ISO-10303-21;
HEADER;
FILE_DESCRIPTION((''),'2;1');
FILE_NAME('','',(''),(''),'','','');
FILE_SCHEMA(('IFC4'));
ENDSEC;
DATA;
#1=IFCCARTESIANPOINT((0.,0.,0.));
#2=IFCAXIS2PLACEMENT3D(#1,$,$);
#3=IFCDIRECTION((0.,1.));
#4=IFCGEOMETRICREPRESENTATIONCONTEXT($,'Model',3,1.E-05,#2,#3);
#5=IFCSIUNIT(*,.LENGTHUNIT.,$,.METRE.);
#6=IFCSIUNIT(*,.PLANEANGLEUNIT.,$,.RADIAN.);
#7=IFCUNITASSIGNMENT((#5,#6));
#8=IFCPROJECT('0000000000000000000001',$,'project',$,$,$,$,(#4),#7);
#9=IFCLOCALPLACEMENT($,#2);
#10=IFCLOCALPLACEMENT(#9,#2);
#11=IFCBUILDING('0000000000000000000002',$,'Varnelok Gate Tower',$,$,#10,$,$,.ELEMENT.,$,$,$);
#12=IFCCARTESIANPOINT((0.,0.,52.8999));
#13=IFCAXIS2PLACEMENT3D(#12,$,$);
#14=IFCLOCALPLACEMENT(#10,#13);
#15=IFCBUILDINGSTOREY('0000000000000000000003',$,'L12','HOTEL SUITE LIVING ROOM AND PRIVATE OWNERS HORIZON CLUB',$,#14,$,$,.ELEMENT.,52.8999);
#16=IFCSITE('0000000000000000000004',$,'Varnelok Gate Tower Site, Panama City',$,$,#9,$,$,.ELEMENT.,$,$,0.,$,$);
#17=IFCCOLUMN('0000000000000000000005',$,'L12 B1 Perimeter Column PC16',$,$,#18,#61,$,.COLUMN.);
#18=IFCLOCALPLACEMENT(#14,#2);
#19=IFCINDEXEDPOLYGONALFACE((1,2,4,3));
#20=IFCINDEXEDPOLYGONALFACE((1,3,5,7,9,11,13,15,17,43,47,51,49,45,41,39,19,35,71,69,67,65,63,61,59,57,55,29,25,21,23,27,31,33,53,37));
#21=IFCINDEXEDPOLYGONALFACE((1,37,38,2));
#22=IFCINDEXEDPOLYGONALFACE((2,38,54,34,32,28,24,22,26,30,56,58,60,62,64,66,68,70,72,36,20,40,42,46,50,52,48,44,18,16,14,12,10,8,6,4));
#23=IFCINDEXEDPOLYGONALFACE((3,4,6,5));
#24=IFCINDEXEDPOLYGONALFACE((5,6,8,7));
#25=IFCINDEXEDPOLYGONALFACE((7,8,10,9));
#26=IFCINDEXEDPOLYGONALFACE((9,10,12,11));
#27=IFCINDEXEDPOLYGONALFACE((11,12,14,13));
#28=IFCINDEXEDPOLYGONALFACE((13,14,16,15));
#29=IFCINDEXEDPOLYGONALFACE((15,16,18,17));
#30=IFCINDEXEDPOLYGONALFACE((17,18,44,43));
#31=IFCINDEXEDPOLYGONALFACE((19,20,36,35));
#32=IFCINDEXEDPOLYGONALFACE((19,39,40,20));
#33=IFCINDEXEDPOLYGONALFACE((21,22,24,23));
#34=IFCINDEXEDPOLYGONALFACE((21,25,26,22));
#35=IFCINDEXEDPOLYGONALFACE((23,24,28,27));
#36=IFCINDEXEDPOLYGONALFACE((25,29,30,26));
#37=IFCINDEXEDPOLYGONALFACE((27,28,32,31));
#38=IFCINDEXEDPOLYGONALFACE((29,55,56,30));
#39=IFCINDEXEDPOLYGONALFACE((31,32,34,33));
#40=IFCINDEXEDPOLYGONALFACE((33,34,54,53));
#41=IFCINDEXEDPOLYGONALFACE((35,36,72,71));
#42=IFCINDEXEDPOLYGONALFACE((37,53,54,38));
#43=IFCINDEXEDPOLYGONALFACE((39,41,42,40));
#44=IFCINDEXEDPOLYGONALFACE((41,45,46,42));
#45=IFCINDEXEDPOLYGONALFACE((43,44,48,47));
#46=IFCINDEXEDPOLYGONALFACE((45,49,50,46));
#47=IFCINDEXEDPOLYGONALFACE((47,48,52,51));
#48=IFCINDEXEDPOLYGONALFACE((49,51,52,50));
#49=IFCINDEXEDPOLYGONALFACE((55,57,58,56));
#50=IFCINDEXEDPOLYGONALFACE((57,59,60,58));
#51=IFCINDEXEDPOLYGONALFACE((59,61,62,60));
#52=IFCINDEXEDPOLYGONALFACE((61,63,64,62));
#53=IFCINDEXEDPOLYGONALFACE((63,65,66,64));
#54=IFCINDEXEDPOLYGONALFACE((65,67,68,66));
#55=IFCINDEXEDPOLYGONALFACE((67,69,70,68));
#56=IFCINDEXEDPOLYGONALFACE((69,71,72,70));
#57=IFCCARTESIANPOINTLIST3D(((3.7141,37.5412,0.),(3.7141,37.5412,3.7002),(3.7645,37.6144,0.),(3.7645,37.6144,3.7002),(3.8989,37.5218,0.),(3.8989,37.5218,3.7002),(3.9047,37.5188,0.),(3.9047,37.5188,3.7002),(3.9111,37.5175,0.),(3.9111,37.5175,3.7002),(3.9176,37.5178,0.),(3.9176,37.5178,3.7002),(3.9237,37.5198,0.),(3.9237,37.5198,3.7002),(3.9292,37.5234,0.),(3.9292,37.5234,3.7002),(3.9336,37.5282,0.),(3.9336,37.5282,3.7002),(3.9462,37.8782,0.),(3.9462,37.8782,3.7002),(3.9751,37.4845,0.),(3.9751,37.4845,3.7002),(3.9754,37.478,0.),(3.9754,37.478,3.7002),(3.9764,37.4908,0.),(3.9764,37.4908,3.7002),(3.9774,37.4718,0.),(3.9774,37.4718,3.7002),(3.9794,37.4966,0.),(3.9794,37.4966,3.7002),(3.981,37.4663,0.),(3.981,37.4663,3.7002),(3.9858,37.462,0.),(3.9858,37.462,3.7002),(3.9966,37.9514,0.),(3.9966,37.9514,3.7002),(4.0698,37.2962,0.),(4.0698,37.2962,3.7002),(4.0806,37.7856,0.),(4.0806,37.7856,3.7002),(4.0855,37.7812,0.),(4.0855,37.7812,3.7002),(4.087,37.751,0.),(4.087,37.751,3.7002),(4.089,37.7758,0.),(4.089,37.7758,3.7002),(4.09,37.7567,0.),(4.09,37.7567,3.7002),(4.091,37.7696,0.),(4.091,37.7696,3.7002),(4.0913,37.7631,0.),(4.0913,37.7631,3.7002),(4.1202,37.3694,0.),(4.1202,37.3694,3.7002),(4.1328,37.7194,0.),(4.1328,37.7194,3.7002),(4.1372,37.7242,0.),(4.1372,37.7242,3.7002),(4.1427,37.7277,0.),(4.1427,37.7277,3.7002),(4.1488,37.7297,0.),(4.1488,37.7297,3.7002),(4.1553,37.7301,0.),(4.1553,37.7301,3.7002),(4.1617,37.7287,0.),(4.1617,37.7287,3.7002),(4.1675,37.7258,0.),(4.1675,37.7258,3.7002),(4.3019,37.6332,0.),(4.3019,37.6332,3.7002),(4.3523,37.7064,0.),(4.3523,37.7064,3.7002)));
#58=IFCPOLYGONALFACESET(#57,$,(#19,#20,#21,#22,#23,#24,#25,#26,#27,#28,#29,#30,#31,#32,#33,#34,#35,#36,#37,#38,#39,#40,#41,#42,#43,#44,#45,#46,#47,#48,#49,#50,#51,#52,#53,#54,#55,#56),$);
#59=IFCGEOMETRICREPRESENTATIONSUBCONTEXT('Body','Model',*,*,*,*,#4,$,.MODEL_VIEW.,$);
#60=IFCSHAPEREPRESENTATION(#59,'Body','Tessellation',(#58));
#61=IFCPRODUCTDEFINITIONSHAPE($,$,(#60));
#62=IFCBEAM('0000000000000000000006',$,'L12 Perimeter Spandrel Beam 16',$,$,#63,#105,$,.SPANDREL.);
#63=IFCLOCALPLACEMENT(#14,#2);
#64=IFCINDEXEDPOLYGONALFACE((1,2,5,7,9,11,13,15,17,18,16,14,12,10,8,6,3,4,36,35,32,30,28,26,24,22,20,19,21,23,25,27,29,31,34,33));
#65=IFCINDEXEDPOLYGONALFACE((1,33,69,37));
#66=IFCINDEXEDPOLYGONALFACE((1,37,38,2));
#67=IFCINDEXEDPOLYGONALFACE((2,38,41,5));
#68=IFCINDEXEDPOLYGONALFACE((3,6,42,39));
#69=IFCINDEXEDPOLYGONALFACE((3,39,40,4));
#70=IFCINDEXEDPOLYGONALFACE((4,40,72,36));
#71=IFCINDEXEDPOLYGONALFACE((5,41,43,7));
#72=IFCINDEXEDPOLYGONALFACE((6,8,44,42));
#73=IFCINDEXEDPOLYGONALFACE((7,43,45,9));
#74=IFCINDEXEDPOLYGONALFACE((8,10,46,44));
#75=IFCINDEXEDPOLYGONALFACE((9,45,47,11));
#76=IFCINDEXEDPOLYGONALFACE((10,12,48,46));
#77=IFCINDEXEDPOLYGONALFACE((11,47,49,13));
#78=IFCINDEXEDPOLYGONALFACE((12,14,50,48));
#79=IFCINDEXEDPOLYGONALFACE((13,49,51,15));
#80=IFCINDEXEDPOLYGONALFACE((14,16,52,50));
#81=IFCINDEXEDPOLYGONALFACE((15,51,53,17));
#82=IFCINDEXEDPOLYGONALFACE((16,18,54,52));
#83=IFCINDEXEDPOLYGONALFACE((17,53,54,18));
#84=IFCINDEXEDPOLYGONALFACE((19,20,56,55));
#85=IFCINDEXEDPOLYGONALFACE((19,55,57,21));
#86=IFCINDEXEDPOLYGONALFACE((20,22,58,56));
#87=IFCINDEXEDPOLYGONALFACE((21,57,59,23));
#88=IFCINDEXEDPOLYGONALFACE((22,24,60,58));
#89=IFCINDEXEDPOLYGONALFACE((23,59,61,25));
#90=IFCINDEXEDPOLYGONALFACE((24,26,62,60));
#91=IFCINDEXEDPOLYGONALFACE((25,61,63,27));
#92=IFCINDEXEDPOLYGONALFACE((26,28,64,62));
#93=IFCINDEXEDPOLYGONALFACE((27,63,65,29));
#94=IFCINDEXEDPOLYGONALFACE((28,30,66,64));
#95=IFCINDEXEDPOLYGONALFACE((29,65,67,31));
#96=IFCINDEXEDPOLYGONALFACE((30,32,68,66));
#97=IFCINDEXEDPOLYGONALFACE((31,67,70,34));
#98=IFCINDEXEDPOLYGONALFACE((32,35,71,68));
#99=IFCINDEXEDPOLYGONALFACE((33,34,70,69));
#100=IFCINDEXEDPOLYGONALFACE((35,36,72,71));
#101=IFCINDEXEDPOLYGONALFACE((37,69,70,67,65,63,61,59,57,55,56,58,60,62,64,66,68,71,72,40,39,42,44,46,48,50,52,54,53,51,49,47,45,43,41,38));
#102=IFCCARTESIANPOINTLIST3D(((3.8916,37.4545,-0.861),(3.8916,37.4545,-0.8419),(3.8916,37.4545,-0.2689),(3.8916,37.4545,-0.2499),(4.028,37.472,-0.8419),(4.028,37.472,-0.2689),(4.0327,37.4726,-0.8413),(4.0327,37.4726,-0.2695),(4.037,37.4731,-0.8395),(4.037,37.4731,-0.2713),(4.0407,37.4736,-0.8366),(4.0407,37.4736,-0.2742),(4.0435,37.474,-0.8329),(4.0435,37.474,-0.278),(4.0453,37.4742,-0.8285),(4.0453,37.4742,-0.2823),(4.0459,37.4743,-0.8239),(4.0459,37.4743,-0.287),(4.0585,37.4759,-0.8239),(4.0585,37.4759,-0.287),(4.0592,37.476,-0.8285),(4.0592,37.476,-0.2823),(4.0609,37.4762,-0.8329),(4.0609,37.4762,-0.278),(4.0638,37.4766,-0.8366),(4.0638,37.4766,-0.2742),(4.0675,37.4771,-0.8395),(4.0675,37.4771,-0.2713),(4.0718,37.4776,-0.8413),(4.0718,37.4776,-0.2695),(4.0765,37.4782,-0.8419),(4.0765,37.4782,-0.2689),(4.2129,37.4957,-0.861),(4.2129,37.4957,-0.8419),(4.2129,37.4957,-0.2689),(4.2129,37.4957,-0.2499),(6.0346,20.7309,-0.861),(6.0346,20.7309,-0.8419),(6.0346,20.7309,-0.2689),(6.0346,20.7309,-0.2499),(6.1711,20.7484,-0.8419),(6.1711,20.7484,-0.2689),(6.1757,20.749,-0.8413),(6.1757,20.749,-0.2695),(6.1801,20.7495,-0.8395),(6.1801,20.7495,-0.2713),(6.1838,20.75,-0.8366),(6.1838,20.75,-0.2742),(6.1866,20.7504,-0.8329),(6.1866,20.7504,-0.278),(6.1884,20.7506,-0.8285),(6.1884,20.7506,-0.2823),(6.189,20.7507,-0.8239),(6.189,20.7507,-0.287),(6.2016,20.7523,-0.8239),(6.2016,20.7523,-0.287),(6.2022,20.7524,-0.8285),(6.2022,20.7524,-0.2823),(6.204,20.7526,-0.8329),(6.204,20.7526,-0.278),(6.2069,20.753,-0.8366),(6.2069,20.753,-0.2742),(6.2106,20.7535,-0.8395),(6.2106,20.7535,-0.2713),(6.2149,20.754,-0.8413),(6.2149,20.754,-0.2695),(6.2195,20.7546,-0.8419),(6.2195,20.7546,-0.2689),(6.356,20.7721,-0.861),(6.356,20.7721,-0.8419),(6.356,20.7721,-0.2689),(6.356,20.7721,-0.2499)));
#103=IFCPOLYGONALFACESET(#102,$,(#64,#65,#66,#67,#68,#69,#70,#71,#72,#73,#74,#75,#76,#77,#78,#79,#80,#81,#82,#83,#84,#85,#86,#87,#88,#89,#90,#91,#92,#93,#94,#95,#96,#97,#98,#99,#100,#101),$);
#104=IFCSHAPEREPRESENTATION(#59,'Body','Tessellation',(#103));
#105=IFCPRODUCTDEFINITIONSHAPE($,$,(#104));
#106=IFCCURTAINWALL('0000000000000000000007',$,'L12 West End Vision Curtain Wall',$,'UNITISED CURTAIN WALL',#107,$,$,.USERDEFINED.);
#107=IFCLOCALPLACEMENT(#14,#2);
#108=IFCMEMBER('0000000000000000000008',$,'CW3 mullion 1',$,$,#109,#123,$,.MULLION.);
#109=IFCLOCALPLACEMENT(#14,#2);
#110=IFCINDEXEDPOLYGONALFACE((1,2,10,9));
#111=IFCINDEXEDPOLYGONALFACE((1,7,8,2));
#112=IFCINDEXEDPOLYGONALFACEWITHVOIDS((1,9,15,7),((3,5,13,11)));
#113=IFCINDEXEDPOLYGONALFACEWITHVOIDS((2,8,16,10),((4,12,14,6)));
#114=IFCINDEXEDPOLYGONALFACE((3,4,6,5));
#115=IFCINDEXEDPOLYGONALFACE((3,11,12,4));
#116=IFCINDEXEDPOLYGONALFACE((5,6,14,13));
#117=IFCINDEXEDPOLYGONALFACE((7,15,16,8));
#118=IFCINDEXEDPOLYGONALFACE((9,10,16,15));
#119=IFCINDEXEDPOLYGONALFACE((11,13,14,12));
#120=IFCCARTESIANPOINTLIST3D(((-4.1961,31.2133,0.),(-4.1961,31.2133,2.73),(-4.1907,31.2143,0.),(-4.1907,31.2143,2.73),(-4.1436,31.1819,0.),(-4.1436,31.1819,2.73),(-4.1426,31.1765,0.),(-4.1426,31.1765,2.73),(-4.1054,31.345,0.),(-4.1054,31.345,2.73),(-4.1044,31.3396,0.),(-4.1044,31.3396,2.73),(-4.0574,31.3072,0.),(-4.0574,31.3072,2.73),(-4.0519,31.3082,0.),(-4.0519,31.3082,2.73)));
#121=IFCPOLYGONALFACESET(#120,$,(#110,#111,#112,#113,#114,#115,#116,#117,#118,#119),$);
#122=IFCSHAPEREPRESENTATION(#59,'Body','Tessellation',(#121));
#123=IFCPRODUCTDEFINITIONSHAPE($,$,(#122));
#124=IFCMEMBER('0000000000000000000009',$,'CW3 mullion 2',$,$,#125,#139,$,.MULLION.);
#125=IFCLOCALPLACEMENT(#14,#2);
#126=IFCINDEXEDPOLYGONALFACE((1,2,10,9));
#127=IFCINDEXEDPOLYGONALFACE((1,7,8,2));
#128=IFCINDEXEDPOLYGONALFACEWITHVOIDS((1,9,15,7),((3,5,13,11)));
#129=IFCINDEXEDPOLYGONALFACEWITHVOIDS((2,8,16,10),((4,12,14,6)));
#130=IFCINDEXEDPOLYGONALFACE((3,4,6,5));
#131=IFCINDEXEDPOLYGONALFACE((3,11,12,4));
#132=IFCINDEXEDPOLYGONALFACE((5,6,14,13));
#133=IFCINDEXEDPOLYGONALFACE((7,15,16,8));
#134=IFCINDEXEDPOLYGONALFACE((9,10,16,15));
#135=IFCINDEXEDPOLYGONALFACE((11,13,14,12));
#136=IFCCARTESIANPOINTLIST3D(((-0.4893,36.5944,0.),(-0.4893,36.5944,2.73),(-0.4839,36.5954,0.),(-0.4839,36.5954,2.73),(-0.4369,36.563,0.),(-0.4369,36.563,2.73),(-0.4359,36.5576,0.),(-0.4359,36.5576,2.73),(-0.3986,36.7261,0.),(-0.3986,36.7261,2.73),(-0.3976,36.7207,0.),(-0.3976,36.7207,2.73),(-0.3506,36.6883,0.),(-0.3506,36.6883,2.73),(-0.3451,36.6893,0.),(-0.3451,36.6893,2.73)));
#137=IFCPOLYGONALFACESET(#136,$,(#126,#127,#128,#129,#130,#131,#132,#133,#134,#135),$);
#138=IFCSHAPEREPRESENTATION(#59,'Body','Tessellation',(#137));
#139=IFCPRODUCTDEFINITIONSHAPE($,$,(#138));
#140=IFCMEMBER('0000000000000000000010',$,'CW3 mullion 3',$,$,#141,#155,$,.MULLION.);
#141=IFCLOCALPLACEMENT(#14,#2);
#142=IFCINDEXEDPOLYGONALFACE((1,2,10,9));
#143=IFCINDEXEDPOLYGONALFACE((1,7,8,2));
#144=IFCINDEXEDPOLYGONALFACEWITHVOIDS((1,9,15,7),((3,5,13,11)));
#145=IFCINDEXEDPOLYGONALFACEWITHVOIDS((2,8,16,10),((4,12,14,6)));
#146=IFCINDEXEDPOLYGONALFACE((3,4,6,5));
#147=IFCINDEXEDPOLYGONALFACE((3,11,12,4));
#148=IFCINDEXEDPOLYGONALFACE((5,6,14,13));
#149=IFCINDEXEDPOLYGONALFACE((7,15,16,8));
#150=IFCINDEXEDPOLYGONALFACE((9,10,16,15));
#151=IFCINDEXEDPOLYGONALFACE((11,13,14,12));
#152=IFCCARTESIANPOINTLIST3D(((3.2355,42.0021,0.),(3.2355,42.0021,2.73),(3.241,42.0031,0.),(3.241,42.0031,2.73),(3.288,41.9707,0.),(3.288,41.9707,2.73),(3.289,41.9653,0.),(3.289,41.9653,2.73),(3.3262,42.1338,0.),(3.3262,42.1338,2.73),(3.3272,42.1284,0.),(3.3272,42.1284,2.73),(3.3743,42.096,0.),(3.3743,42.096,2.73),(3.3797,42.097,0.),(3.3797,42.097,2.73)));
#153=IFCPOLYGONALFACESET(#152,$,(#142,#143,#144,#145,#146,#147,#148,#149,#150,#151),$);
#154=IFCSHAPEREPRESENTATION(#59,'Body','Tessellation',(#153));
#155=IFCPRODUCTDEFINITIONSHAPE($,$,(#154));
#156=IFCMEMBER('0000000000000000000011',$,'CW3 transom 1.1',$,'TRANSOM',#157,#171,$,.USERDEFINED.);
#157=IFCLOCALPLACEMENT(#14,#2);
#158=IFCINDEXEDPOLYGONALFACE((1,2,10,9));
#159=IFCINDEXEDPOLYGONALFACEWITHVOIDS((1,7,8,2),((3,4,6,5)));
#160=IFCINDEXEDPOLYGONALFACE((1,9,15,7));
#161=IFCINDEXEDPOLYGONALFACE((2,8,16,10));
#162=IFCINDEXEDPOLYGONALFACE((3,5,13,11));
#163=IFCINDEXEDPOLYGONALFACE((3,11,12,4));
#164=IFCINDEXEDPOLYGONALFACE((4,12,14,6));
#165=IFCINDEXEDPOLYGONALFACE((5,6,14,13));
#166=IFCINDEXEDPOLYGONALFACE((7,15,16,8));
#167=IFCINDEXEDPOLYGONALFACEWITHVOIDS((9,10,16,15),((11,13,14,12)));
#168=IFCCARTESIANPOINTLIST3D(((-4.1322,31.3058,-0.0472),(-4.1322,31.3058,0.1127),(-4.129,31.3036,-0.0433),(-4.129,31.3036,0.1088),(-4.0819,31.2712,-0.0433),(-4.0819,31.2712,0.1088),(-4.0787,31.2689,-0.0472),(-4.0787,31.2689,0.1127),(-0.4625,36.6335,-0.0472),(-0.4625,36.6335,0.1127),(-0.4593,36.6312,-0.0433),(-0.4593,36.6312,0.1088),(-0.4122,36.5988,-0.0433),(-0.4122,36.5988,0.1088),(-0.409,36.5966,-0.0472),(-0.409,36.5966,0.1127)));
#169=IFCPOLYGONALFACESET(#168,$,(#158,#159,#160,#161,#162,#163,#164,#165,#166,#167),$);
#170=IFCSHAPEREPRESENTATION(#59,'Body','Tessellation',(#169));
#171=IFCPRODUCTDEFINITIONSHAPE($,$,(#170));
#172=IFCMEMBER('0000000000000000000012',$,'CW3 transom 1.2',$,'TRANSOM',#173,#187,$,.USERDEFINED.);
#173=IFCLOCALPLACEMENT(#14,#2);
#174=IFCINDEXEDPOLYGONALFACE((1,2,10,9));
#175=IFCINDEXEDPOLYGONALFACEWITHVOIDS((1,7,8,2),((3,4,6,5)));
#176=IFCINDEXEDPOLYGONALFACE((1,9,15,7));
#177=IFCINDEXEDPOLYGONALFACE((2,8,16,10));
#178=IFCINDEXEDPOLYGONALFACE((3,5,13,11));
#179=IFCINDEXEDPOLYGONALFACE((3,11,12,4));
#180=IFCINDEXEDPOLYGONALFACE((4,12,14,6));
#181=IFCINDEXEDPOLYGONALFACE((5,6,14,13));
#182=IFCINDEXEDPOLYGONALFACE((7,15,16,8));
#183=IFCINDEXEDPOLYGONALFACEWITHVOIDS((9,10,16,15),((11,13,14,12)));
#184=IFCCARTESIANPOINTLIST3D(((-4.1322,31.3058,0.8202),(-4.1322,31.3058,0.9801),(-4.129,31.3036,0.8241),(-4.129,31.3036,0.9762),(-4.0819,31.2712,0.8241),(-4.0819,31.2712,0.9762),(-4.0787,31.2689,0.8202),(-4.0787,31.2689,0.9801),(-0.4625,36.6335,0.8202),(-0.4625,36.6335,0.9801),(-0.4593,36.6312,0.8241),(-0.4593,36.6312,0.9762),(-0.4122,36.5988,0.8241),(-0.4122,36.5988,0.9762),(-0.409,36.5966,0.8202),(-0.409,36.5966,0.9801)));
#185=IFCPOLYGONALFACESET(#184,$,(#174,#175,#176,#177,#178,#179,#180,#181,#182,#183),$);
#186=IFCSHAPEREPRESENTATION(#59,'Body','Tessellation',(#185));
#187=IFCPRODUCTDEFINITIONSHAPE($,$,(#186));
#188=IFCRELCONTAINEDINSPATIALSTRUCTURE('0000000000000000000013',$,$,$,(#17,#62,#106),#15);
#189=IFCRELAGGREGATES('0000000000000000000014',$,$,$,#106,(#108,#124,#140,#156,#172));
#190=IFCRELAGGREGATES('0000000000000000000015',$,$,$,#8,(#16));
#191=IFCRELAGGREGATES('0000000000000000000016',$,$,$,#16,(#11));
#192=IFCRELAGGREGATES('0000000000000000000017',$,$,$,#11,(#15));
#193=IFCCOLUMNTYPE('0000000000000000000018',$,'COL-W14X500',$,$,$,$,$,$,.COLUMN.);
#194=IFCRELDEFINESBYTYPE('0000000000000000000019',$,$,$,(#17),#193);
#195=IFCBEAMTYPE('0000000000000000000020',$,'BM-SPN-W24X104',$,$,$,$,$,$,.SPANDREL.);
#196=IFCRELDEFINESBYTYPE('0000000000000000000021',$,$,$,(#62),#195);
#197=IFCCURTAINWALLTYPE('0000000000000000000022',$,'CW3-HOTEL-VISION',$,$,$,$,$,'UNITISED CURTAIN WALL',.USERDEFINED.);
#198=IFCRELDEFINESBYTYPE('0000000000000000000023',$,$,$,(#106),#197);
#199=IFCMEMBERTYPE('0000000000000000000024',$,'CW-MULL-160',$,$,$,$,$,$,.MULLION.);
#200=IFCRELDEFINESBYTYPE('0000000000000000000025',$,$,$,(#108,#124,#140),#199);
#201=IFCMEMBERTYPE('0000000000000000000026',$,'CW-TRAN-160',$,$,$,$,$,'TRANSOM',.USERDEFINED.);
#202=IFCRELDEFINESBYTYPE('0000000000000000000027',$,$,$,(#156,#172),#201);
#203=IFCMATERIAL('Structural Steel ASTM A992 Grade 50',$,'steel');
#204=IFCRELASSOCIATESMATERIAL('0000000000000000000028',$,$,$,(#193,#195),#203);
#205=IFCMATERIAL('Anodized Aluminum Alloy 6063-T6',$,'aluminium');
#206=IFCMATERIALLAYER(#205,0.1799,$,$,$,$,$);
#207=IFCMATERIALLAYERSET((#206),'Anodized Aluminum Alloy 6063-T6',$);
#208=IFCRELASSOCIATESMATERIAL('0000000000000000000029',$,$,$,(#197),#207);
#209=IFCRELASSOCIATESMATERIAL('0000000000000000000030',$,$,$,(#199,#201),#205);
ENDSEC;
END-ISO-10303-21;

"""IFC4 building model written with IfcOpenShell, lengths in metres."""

from ifc_helpers import new_model, si_unit, direction, frame, origin, origin_2d, place, context, subcontext, project, spatial, hollow_rectangle, i_section, extrude, material, layer, layer_set, material_profile, profile_set, type_object, element, aggregate, save


model = new_model("IFC4")

# Units and contexts
model_context = context("Model", 3, precision=1e-05, world=origin(), true_north=direction((0.0, 1.0)))
body_context = subcontext(model_context, "Body", "Model", "MODEL_VIEW")
ifc_project = project(units=[si_unit("LENGTHUNIT", "METRE"), si_unit("PLANEANGLEUNIT", "RADIAN")], contexts=[model_context])

# Site, building, storey
site_placement = place(None, origin())
site = spatial("IfcSite", under=ifc_project, at=site_placement, Name="Varnelok Gate Tower Site, Panama City", CompositionType="ELEMENT", RefElevation=0.0)
building_placement = place(site_placement, origin())
building = spatial("IfcBuilding", under=site, at=building_placement, Name="Varnelok Gate Tower", CompositionType="ELEMENT")
storey_placement = place(building_placement, frame((0.0, 0.0, 52.8999)))
storey = spatial("IfcBuildingStorey", under=building, at=storey_placement, Name="L12", Description="HOTEL SUITE LIVING ROOM AND PRIVATE OWNERS HORIZON CLUB", CompositionType="ELEMENT", Elevation=52.8999)

# Column
ifc_material_1 = material(Name="Structural Steel ASTM A992 Grade 50", Category="steel")
ifc_material_profile_1 = material_profile(ifc_material_1, i_section(OverallWidth=0.4319, OverallDepth=0.498, WebThickness=0.0557, FlangeThickness=0.0889, FilletRadius=0.0249, at=origin_2d()), Name="W14X500")
ifc_profile_set_1 = profile_set([ifc_material_profile_1], Name="Structural Steel ASTM A992 Grade 50")
column_type = type_object("IfcColumnType", Name="COL-W14X500", PredefinedType="COLUMN", material=ifc_profile_set_1)
column_placement = place(storey_placement, frame((4.0332, 37.6238, 0.0), z_axis=(0.0, 0.0, 1.0), x_axis=(0.823533, -0.567269, 0.0)))
element("IfcColumn", 1, at=column_placement, inside=storey, type_object=column_type, Name="L12 B1 Perimeter Column PC16", PredefinedType="COLUMN", context=body_context, shape_type="SweptSolid", body=[
    extrude(i_section(OverallWidth=0.4319, OverallDepth=0.498, WebThickness=0.0557, FlangeThickness=0.0889, FilletRadius=0.0249, at=origin_2d()), origin(), (0.0, 0.0, 1.0), 3.7002),
])

# Beam
ifc_material_profile_2 = material_profile(ifc_material_1, i_section(OverallWidth=0.324, OverallDepth=0.6111, WebThickness=0.0127, FlangeThickness=0.019, FilletRadius=0.0181, at=origin_2d()), Name="W24X104")
ifc_profile_set_2 = profile_set([ifc_material_profile_2], Name="Structural Steel ASTM A992 Grade 50")
beam_type = type_object("IfcBeamType", Name="BM-SPN-W24X104", PredefinedType="SPANDREL", material=ifc_profile_set_2)
beam_placement = place(storey_placement, frame((4.0522, 37.4751, -0.5554), z_axis=(0.127107, -0.991889, 0.0), x_axis=(0.991889, 0.127107, 0.0)))
element("IfcBeam", 2, at=beam_placement, inside=storey, type_object=beam_type, Name="L12 Perimeter Spandrel Beam 16", PredefinedType="SPANDREL", context=body_context, shape_type="SweptSolid", body=[
    extrude(i_section(OverallWidth=0.324, OverallDepth=0.6111, WebThickness=0.0127, FlangeThickness=0.019, FilletRadius=0.0181, at=origin_2d()), origin(), (0.0, 0.0, 1.0), 16.8604),
])

# Curtain wall, members
ifc_material_2 = material(Name="Anodized Aluminum Alloy 6063-T6", Category="aluminium")
ifc_layer_1 = layer(ifc_material_2, 0.1799)
ifc_layer_set_1 = layer_set([ifc_layer_1], Name="Anodized Aluminum Alloy 6063-T6")
curtain_wall_type = type_object("IfcCurtainWallType", Name="CW3-HOTEL-VISION", ElementType="UNITISED CURTAIN WALL", PredefinedType="USERDEFINED", material=ifc_layer_set_1)
curtain_wall_placement = place(storey_placement, origin())
curtain_wall = element("IfcCurtainWall", 3, at=curtain_wall_placement, inside=storey, type_object=curtain_wall_type, Name="L12 West End Vision Curtain Wall", ObjectType="UNITISED CURTAIN WALL", PredefinedType="USERDEFINED")
ifc_material_profile_3 = material_profile(ifc_material_2, hollow_rectangle(XDim=0.0649, YDim=0.1599, WallThickness=0.0039, at=origin_2d()), Name="ALU160X65X4")
ifc_profile_set_3 = profile_set([ifc_material_profile_3], Name="Anodized Aluminum Alloy 6063-T6")
member_type_1 = type_object("IfcMemberType", Name="CW-MULL-160", PredefinedType="MULLION", material=ifc_profile_set_3)
member_1_placement = place(storey_placement, frame((-4.124, 31.2607, 0.0), z_axis=(0.0, 0.0, 1.0), x_axis=(-0.823533, 0.567269, 0.0)))
member_1 = element("IfcMember", 4, at=member_1_placement, type_object=member_type_1, Name="CW3 mullion 1", PredefinedType="MULLION", context=body_context, shape_type="SweptSolid", body=[
    extrude(hollow_rectangle(XDim=0.0649, YDim=0.1599, WallThickness=0.0039, at=origin_2d()), origin(), (0.0, 0.0, 1.0), 2.73),
])
member_2_placement = place(storey_placement, frame((-0.4172, 36.6418, 0.0), z_axis=(0.0, 0.0, 1.0), x_axis=(-0.823533, 0.567269, 0.0)))
member_2 = element("IfcMember", 5, at=member_2_placement, type_object=member_type_1, Name="CW3 mullion 2", PredefinedType="MULLION", context=body_context, shape_type="SweptSolid", body=[
    extrude(hollow_rectangle(XDim=0.0649, YDim=0.1599, WallThickness=0.0039, at=origin_2d()), origin(), (0.0, 0.0, 1.0), 2.73),
])
member_3_placement = place(storey_placement, frame((3.3076, 42.0496, 0.0), z_axis=(0.0, 0.0, 1.0), x_axis=(-0.823533, 0.567269, 0.0)))
member_3 = element("IfcMember", 6, at=member_3_placement, type_object=member_type_1, Name="CW3 mullion 3", PredefinedType="MULLION", context=body_context, shape_type="SweptSolid", body=[
    extrude(hollow_rectangle(XDim=0.0649, YDim=0.1599, WallThickness=0.0039, at=origin_2d()), origin(), (0.0, 0.0, 1.0), 2.73),
])
ifc_material_profile_4 = material_profile(ifc_material_2, hollow_rectangle(XDim=0.0649, YDim=0.1599, WallThickness=0.0039, at=origin_2d()), Name="ALU160X65X4")
ifc_profile_set_4 = profile_set([ifc_material_profile_4], Name="Anodized Aluminum Alloy 6063-T6")
member_type_2 = type_object("IfcMemberType", Name="CW-TRAN-160", ElementType="TRANSOM", PredefinedType="USERDEFINED", material=ifc_profile_set_4)
member_4_placement = place(storey_placement, frame((-4.1055, 31.2874, 0.0327), z_axis=(0.567256, 0.823542, 0.0), x_axis=(-0.823542, 0.567256, 0.0)))
member_4 = element("IfcMember", 7, at=member_4_placement, type_object=member_type_2, Name="CW3 transom 1.1", ObjectType="TRANSOM", PredefinedType="USERDEFINED", context=body_context, shape_type="SweptSolid", body=[
    extrude(hollow_rectangle(XDim=0.0649, YDim=0.1599, WallThickness=0.0039, at=origin_2d()), origin(), (0.0, 0.0, 1.0), 6.4692),
])
member_5_placement = place(storey_placement, frame((-4.1055, 31.2874, 0.9001), z_axis=(0.567256, 0.823542, 0.0), x_axis=(-0.823542, 0.567256, 0.0)))
member_5 = element("IfcMember", 8, at=member_5_placement, type_object=member_type_2, Name="CW3 transom 1.2", ObjectType="TRANSOM", PredefinedType="USERDEFINED", context=body_context, shape_type="SweptSolid", body=[
    extrude(hollow_rectangle(XDim=0.0649, YDim=0.1599, WallThickness=0.0039, at=origin_2d()), origin(), (0.0, 0.0, 1.0), 6.4692),
])
aggregate(curtain_wall, [member_1, member_2, member_3, member_4, member_5])

save(model, "model.ifc")
